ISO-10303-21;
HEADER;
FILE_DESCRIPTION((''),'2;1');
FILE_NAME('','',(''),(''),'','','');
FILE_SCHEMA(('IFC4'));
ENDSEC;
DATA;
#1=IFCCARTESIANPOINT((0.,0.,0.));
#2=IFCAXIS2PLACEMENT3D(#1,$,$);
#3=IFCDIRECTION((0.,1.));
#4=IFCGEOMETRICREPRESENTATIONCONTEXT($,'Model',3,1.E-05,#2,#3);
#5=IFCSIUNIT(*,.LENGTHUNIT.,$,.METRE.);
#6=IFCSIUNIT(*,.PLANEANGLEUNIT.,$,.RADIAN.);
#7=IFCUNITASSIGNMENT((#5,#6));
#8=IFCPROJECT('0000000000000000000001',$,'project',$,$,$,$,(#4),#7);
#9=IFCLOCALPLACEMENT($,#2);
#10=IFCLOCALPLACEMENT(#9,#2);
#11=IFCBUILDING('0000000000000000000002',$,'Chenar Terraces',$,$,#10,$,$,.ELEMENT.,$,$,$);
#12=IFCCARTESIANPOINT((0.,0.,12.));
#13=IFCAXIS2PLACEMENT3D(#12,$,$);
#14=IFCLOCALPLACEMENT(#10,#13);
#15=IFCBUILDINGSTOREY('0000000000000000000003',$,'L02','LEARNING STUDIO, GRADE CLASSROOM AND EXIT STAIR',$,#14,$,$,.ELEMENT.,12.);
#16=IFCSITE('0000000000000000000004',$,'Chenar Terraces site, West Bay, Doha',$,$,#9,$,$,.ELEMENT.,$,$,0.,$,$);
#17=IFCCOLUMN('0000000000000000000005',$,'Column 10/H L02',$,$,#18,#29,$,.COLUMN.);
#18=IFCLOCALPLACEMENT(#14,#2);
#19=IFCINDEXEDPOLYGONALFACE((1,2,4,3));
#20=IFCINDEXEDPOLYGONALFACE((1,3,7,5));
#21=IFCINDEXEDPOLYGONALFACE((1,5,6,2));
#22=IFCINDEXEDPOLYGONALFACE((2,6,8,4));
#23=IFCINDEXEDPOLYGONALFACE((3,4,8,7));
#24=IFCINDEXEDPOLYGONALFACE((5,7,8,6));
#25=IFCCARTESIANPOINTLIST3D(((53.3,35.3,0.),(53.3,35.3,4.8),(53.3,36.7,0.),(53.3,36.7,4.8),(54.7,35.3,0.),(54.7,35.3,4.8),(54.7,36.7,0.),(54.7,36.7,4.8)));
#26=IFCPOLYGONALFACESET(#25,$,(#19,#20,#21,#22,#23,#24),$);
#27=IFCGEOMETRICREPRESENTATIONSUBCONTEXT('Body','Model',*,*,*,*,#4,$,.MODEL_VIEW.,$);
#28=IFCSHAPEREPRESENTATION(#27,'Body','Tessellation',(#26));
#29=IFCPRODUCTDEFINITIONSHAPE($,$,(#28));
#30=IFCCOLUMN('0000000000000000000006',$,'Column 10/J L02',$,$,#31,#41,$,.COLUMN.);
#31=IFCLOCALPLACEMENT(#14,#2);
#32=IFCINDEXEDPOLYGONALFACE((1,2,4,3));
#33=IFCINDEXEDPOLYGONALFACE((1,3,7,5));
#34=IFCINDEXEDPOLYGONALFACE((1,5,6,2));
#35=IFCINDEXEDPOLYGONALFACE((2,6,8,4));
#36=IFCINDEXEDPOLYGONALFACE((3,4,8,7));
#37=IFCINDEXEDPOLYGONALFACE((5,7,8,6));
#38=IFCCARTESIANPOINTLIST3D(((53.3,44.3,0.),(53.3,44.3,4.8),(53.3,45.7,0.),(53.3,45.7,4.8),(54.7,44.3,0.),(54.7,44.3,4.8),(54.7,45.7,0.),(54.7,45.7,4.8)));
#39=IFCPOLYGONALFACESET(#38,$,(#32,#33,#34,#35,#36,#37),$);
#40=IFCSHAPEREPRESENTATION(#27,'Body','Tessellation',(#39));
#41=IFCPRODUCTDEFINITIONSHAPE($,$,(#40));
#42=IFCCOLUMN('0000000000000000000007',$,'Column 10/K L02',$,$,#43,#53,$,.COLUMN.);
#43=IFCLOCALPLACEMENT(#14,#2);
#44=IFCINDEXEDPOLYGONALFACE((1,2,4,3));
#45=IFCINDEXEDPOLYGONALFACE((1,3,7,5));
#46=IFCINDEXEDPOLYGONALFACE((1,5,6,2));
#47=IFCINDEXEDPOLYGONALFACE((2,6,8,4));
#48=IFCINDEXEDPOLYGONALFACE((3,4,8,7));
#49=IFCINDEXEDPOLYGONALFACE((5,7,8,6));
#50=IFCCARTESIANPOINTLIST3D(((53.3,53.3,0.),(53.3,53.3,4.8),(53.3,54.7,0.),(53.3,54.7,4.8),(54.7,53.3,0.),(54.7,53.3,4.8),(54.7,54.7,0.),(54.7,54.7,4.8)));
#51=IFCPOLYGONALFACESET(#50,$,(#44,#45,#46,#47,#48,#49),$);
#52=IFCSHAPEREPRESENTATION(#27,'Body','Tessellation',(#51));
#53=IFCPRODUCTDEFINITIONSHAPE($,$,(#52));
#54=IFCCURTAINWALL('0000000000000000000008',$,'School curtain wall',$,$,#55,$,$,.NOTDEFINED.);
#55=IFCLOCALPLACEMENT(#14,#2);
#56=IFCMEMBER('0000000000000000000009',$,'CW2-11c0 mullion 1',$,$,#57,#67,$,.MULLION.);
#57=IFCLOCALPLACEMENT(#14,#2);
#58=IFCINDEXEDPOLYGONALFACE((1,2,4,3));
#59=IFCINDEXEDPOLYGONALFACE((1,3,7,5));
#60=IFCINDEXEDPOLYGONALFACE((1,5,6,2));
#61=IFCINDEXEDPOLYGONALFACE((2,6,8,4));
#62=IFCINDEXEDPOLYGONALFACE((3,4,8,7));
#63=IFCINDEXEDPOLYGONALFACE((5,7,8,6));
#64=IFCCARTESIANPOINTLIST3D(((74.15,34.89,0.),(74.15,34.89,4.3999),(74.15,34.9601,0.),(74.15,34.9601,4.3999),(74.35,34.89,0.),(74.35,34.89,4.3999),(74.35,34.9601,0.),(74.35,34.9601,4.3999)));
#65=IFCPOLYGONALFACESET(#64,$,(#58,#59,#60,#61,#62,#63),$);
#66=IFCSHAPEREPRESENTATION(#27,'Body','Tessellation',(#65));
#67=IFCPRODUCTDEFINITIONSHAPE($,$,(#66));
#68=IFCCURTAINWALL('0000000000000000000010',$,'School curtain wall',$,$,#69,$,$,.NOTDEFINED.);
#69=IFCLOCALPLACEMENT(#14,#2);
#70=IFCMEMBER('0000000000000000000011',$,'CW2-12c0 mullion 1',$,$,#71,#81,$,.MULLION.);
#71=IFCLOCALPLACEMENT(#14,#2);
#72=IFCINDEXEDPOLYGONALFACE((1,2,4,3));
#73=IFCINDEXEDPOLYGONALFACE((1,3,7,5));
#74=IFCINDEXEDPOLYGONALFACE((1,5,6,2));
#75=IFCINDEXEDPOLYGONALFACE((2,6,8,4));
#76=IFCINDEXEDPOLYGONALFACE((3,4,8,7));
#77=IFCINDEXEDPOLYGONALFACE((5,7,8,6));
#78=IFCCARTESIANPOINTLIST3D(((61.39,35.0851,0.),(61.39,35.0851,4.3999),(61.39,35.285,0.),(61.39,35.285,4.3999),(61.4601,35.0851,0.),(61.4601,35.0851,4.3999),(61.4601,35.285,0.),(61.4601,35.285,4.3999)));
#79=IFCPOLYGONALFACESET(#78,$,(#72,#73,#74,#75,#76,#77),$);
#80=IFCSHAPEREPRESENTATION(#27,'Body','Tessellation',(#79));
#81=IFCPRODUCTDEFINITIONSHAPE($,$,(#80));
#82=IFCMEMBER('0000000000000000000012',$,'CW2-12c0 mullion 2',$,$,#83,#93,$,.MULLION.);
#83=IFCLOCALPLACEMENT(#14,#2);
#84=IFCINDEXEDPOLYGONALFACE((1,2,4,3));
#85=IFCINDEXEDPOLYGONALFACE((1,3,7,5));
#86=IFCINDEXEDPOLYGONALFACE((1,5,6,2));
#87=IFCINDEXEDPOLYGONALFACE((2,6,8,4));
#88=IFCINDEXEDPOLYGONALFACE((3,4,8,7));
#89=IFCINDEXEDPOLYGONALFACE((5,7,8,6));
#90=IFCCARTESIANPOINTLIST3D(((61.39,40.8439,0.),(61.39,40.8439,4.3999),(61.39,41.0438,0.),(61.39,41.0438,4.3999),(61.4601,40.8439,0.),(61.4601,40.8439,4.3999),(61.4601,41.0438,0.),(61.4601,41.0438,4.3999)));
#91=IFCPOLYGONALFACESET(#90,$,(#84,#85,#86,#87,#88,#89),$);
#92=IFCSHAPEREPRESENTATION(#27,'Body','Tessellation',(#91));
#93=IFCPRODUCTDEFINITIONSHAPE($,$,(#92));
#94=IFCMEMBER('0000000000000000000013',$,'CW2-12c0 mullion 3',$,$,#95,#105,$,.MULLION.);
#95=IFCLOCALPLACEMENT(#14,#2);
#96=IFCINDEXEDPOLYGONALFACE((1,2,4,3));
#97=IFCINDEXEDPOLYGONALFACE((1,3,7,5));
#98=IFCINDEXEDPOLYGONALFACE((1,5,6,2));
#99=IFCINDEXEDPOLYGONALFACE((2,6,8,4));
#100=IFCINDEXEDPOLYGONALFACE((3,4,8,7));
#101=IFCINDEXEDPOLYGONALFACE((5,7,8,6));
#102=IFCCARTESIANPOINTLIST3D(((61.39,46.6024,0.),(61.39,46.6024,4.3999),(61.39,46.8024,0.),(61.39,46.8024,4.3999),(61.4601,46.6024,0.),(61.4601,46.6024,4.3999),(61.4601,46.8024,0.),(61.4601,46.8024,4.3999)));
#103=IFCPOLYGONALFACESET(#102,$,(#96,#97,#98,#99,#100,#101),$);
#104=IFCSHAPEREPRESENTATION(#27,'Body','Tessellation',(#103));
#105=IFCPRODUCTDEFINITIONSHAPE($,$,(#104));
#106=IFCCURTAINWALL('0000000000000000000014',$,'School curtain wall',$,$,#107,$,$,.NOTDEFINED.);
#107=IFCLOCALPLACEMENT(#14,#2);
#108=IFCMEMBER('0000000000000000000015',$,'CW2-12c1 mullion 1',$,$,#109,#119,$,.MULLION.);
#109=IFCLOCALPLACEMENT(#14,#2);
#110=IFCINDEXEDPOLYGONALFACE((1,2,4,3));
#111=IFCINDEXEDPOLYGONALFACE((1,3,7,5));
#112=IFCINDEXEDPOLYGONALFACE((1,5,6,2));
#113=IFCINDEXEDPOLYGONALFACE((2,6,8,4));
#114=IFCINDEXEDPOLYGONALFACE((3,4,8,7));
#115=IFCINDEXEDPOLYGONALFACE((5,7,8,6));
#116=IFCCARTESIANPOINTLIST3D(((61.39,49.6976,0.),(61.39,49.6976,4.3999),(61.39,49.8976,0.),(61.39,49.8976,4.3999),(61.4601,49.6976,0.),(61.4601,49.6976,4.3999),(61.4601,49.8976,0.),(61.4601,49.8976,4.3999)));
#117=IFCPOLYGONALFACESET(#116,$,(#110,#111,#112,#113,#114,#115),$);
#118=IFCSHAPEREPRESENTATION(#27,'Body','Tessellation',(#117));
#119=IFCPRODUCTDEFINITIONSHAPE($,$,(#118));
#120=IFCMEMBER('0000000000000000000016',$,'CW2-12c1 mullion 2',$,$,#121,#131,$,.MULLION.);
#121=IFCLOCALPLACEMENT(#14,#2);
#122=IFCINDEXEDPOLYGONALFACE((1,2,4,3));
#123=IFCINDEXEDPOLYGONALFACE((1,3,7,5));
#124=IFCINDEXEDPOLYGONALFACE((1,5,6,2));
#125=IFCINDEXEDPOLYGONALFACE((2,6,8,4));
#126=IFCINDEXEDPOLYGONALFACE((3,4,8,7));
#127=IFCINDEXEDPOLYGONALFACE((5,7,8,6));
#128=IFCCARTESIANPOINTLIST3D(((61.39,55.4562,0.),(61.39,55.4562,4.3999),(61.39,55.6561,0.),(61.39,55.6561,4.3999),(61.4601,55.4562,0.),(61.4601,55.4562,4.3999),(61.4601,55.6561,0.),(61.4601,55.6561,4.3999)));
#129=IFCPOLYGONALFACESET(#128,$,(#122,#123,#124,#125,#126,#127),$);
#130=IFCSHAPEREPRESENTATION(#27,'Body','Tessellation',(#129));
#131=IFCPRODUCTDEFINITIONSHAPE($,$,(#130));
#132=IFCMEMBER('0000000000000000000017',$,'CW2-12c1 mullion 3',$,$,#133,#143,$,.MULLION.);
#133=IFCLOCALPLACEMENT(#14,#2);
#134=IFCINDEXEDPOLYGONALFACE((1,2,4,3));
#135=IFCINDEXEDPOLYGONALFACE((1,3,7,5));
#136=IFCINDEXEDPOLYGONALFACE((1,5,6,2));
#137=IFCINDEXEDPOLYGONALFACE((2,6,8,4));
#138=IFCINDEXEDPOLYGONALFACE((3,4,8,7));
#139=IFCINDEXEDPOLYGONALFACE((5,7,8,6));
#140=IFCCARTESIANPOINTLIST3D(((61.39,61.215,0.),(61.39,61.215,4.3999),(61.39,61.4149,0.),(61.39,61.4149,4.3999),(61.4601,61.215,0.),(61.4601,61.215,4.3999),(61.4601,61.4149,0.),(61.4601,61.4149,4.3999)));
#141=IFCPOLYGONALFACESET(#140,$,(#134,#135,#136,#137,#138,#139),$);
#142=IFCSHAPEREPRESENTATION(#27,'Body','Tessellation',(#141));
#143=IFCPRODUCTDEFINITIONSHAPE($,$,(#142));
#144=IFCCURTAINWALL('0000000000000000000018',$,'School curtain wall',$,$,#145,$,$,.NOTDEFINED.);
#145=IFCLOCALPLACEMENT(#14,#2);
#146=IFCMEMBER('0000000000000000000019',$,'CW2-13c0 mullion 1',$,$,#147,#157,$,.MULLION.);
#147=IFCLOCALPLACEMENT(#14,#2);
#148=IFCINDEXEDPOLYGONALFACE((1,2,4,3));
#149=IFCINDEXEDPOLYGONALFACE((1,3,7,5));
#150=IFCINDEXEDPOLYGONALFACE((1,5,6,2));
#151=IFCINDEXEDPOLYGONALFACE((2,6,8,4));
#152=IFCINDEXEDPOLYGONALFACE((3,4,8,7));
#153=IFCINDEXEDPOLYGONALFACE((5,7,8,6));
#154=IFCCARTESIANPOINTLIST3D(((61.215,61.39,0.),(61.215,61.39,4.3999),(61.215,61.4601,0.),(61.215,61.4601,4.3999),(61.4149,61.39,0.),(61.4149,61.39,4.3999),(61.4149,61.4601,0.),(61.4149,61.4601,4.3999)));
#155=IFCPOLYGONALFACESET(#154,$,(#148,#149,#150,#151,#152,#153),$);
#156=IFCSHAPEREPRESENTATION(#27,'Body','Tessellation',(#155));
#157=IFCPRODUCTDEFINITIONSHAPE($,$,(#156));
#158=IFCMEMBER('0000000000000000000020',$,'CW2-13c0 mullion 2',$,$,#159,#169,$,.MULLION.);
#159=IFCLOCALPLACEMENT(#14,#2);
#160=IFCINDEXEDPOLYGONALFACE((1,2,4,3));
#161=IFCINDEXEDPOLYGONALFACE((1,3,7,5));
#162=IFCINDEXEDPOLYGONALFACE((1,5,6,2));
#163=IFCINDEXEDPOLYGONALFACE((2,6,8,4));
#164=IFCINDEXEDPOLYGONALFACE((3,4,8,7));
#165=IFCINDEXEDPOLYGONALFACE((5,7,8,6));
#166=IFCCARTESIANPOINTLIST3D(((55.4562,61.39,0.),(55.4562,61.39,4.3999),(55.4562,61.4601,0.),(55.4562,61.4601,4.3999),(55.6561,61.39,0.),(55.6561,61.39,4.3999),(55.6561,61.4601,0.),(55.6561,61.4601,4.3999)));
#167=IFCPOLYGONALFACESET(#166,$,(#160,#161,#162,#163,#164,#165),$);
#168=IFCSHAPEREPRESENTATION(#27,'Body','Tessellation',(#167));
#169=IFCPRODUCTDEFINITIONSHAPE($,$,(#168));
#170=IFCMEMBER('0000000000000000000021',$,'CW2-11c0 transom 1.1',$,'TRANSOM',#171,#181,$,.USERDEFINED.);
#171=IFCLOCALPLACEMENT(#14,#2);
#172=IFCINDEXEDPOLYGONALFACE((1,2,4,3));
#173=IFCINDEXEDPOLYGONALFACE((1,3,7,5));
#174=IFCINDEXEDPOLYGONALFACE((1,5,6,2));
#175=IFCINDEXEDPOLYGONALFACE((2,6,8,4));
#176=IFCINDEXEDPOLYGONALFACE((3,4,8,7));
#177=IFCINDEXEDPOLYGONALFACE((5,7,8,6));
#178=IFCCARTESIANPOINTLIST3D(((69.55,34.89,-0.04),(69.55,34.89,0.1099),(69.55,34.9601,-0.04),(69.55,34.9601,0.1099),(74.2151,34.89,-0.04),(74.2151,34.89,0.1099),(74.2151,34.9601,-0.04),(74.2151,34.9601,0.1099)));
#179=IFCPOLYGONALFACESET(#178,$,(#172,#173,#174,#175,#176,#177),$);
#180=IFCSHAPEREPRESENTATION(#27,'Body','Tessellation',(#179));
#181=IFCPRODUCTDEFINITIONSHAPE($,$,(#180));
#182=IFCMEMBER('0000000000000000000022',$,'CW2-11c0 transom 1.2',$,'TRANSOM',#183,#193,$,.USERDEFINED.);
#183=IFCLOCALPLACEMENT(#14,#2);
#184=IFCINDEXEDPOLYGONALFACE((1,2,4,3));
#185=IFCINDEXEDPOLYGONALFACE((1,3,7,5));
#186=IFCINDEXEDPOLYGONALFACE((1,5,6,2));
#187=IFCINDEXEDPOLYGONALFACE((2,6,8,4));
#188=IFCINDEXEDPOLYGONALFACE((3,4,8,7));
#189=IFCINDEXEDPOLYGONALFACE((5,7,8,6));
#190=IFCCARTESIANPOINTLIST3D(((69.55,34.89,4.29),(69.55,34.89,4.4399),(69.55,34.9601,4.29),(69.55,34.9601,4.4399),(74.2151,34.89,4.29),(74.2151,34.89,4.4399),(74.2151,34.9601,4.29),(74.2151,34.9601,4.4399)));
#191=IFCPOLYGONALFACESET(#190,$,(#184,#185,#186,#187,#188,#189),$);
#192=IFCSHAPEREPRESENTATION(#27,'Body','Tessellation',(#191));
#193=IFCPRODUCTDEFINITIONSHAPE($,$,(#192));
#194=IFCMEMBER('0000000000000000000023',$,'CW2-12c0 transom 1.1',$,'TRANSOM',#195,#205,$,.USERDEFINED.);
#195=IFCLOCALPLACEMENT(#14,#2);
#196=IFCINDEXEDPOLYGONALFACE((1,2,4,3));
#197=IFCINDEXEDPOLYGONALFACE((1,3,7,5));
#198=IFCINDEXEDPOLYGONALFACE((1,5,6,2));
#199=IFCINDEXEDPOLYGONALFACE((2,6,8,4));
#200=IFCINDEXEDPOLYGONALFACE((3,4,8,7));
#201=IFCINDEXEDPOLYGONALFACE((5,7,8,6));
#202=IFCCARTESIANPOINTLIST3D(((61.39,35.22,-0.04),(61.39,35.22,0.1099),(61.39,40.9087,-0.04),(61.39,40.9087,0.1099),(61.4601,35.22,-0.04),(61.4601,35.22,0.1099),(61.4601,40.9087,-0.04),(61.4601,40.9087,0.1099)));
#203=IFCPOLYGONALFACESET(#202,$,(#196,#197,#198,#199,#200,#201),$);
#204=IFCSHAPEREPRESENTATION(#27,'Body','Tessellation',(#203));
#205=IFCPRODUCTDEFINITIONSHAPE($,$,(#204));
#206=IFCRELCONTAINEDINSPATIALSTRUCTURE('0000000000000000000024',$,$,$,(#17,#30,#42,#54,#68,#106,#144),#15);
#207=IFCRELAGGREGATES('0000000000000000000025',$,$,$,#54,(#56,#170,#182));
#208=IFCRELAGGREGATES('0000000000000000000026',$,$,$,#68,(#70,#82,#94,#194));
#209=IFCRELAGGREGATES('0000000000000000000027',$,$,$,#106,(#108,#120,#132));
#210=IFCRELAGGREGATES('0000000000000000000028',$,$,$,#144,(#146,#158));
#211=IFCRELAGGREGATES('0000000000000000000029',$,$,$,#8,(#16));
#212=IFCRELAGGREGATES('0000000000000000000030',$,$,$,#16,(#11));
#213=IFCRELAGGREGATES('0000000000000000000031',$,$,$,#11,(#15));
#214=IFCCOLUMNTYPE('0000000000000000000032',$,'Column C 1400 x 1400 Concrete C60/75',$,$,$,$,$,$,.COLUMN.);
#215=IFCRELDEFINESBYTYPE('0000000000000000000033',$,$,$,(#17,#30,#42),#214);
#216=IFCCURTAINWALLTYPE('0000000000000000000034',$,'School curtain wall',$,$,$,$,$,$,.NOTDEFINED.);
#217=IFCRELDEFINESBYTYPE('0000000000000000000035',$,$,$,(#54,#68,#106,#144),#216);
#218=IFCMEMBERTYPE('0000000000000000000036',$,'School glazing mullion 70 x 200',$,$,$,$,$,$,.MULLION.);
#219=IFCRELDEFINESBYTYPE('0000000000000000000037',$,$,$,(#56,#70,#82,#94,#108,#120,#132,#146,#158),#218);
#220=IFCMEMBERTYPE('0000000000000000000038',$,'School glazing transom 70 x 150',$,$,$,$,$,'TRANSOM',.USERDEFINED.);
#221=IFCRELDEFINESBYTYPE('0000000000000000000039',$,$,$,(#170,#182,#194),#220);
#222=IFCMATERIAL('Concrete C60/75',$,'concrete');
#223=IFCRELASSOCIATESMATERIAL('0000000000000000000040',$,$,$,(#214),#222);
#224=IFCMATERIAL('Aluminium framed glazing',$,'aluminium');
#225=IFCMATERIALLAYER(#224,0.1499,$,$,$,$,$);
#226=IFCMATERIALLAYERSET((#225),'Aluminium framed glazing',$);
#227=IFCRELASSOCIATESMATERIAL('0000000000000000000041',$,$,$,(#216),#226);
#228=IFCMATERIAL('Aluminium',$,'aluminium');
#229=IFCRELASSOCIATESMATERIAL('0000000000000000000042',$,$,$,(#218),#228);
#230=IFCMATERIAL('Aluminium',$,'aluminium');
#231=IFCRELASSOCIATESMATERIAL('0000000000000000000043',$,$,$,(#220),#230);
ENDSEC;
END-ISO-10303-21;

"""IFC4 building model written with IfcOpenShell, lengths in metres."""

from ifc_helpers import new_model, si_unit, direction, frame, origin, origin_2d, place, context, subcontext, project, spatial, rectangle, extrude, material, layer, layer_set, material_profile, profile_set, type_object, element, aggregate, save


model = new_model("IFC4")

# Units and contexts
model_context = context("Model", 3, precision=1e-05, world=origin(), true_north=direction((0.0, 1.0)))
body_context = subcontext(model_context, "Body", "Model", "MODEL_VIEW")
ifc_project = project(units=[si_unit("LENGTHUNIT", "METRE"), si_unit("PLANEANGLEUNIT", "RADIAN")], contexts=[model_context])

# Site, building, storey
site_placement = place(None, origin())
site = spatial("IfcSite", under=ifc_project, at=site_placement, Name="Chenar Terraces site, West Bay, Doha", CompositionType="ELEMENT", RefElevation=0.0)
building_placement = place(site_placement, origin())
building = spatial("IfcBuilding", under=site, at=building_placement, Name="Chenar Terraces", CompositionType="ELEMENT")
storey_placement = place(building_placement, frame((0.0, 0.0, 12.0)))
storey = spatial("IfcBuildingStorey", under=building, at=storey_placement, Name="L02", Description="LEARNING STUDIO, GRADE CLASSROOM AND EXIT STAIR", CompositionType="ELEMENT", Elevation=12.0)

# Columns
ifc_material_1 = material(Name="Concrete C60/75", Category="concrete")
ifc_material_profile_1 = material_profile(ifc_material_1, rectangle(XDim=1.3999, YDim=1.3999, at=origin_2d()), Name="C 1400 x 1400")
ifc_profile_set_1 = profile_set([ifc_material_profile_1], Name="Concrete C60/75")
column_type = type_object("IfcColumnType", Name="Column C 1400 x 1400 Concrete C60/75", PredefinedType="COLUMN", material=ifc_profile_set_1)
for number, where, z_axis, x_axis, name in (
    (1, (54.0, 36.0, 0.0), (0.0, 0.0, 1.0), (1.0, 0.0, 0.0), "Column 10/H L02"),
    (2, (54.0, 45.0, 0.0), (0.0, 0.0, 1.0), (1.0, 0.0, 0.0), "Column 10/J L02"),
    (3, (54.0, 54.0, 0.0), (0.0, 0.0, 1.0), (1.0, 0.0, 0.0), "Column 10/K L02"),
):
    element("IfcColumn", number, at=place(storey_placement, frame(where, z_axis=z_axis, x_axis=x_axis)), inside=storey, type_object=column_type, Name=name, PredefinedType="COLUMN", context=body_context, shape_type="SweptSolid", body=[
        extrude(rectangle(XDim=1.3999, YDim=1.3999, at=origin_2d()), origin(), (0.0, 0.0, 1.0), 4.8),
    ])

# Curtain wall, member
ifc_material_2 = material(Name="Aluminium framed glazing", Category="aluminium")
ifc_layer_1 = layer(ifc_material_2, 0.1499)
ifc_layer_set_1 = layer_set([ifc_layer_1], Name="Aluminium framed glazing")
curtain_wall_type = type_object("IfcCurtainWallType", Name="School curtain wall", PredefinedType="NOTDEFINED", material=ifc_layer_set_1)
placement = place(storey_placement, origin())
curtain_wall_1 = element("IfcCurtainWall", 4, at=placement, inside=storey, type_object=curtain_wall_type, Name="School curtain wall", PredefinedType="NOTDEFINED")
ifc_material_3 = material(Name="Aluminium", Category="aluminium")
ifc_material_profile_2 = material_profile(ifc_material_3, rectangle(XDim=0.0701, YDim=0.2, at=origin_2d()), Name="School glazing mullion 70 x 200")
ifc_profile_set_2 = profile_set([ifc_material_profile_2], Name="Aluminium")
member_type_1 = type_object("IfcMemberType", Name="School glazing mullion 70 x 200", PredefinedType="MULLION", material=ifc_profile_set_2)
member_1_placement = place(storey_placement, frame((74.25, 34.925, 0.0), z_axis=(0.0, 0.0, 1.0), x_axis=(0.0, -1.0, 0.0)))
member_1 = element("IfcMember", 5, at=member_1_placement, type_object=member_type_1, Name="CW2-11c0 mullion 1", PredefinedType="MULLION", context=body_context, shape_type="SweptSolid", body=[
    extrude(rectangle(XDim=0.0701, YDim=0.2, at=origin_2d()), origin(), (0.0, 0.0, 1.0), 4.3999),
])

# Curtain walls, members
curtain_wall_2 = element("IfcCurtainWall", 6, at=placement, inside=storey, type_object=curtain_wall_type, Name="School curtain wall", PredefinedType="NOTDEFINED")
member_2_placement = place(storey_placement, frame((61.425, 35.1851, 0.0), z_axis=(0.0, 0.0, 1.0), x_axis=(-1.0, 0.0, 0.0)))
member_2 = element("IfcMember", 7, at=member_2_placement, type_object=member_type_1, Name="CW2-12c0 mullion 1", PredefinedType="MULLION", context=body_context, shape_type="SweptSolid", body=[
    extrude(rectangle(XDim=0.0701, YDim=0.2, at=origin_2d()), origin(), (0.0, 0.0, 1.0), 4.3999),
])
member_3_placement = place(storey_placement, frame((61.425, 40.9438, 0.0), z_axis=(0.0, 0.0, 1.0), x_axis=(-1.0, 0.0, 0.0)))
member_3 = element("IfcMember", 8, at=member_3_placement, type_object=member_type_1, Name="CW2-12c0 mullion 2", PredefinedType="MULLION", context=body_context, shape_type="SweptSolid", body=[
    extrude(rectangle(XDim=0.0701, YDim=0.2, at=origin_2d()), origin(), (0.0, 0.0, 1.0), 4.3999),
])
member_4_placement = place(storey_placement, frame((61.425, 46.7024, 0.0), z_axis=(0.0, 0.0, 1.0), x_axis=(-1.0, 0.0, 0.0)))
member_4 = element("IfcMember", 9, at=member_4_placement, type_object=member_type_1, Name="CW2-12c0 mullion 3", PredefinedType="MULLION", context=body_context, shape_type="SweptSolid", body=[
    extrude(rectangle(XDim=0.0701, YDim=0.2, at=origin_2d()), origin(), (0.0, 0.0, 1.0), 4.3999),
])
curtain_wall_3 = element("IfcCurtainWall", 10, at=placement, inside=storey, type_object=curtain_wall_type, Name="School curtain wall", PredefinedType="NOTDEFINED")
member_5_placement = place(storey_placement, frame((61.425, 49.7976, 0.0), z_axis=(0.0, 0.0, 1.0), x_axis=(-1.0, 0.0, 0.0)))
member_5 = element("IfcMember", 11, at=member_5_placement, type_object=member_type_1, Name="CW2-12c1 mullion 1", PredefinedType="MULLION", context=body_context, shape_type="SweptSolid", body=[
    extrude(rectangle(XDim=0.0701, YDim=0.2, at=origin_2d()), origin(), (0.0, 0.0, 1.0), 4.3999),
])
member_6_placement = place(storey_placement, frame((61.425, 55.5562, 0.0), z_axis=(0.0, 0.0, 1.0), x_axis=(-1.0, 0.0, 0.0)))
member_6 = element("IfcMember", 12, at=member_6_placement, type_object=member_type_1, Name="CW2-12c1 mullion 2", PredefinedType="MULLION", context=body_context, shape_type="SweptSolid", body=[
    extrude(rectangle(XDim=0.0701, YDim=0.2, at=origin_2d()), origin(), (0.0, 0.0, 1.0), 4.3999),
])
member_7_placement = place(storey_placement, frame((61.425, 61.3149, 0.0), z_axis=(0.0, 0.0, 1.0), x_axis=(-1.0, 0.0, 0.0)))
member_7 = element("IfcMember", 13, at=member_7_placement, type_object=member_type_1, Name="CW2-12c1 mullion 3", PredefinedType="MULLION", context=body_context, shape_type="SweptSolid", body=[
    extrude(rectangle(XDim=0.0701, YDim=0.2, at=origin_2d()), origin(), (0.0, 0.0, 1.0), 4.3999),
])
curtain_wall_4 = element("IfcCurtainWall", 14, at=placement, inside=storey, type_object=curtain_wall_type, Name="School curtain wall", PredefinedType="NOTDEFINED")
member_8_placement = place(storey_placement, frame((61.3149, 61.425, 0.0), z_axis=(0.0, 0.0, 1.0), x_axis=(0.0, -1.0, 0.0)))
member_8 = element("IfcMember", 15, at=member_8_placement, type_object=member_type_1, Name="CW2-13c0 mullion 1", PredefinedType="MULLION", context=body_context, shape_type="SweptSolid", body=[
    extrude(rectangle(XDim=0.0701, YDim=0.2, at=origin_2d()), origin(), (0.0, 0.0, 1.0), 4.3999),
])
member_9_placement = place(storey_placement, frame((55.5562, 61.425, 0.0), z_axis=(0.0, 0.0, 1.0), x_axis=(0.0, -1.0, 0.0)))
member_9 = element("IfcMember", 16, at=member_9_placement, type_object=member_type_1, Name="CW2-13c0 mullion 2", PredefinedType="MULLION", context=body_context, shape_type="SweptSolid", body=[
    extrude(rectangle(XDim=0.0701, YDim=0.2, at=origin_2d()), origin(), (0.0, 0.0, 1.0), 4.3999),
])

# Members
ifc_material_4 = material(Name="Aluminium", Category="aluminium")
ifc_material_profile_3 = material_profile(ifc_material_4, rectangle(XDim=0.0701, YDim=0.1499, at=origin_2d()), Name="School glazing transom 70 x 150")
ifc_profile_set_3 = profile_set([ifc_material_profile_3], Name="Aluminium")
member_type_2 = type_object("IfcMemberType", Name="School glazing transom 70 x 150", ElementType="TRANSOM", PredefinedType="USERDEFINED", material=ifc_profile_set_3)
member_10_placement = place(storey_placement, frame((74.2151, 34.925, 0.0349), z_axis=(-1.0, 0.0, 0.0), x_axis=(0.0, -1.0, 0.0)))
member_10 = element("IfcMember", 17, at=member_10_placement, type_object=member_type_2, Name="CW2-11c0 transom 1.1", ObjectType="TRANSOM", PredefinedType="USERDEFINED", context=body_context, shape_type="SweptSolid", body=[
    extrude(rectangle(XDim=0.0701, YDim=0.1499, at=origin_2d()), origin(), (0.0, 0.0, 1.0), 4.665),
])
member_11_placement = place(storey_placement, frame((74.2151, 34.925, 4.365), z_axis=(-1.0, 0.0, 0.0), x_axis=(0.0, -1.0, 0.0)))
member_11 = element("IfcMember", 18, at=member_11_placement, type_object=member_type_2, Name="CW2-11c0 transom 1.2", ObjectType="TRANSOM", PredefinedType="USERDEFINED", context=body_context, shape_type="SweptSolid", body=[
    extrude(rectangle(XDim=0.0701, YDim=0.1499, at=origin_2d()), origin(), (0.0, 0.0, 1.0), 4.665),
])
aggregate(curtain_wall_1, [member_1, member_10, member_11])
member_12_placement = place(storey_placement, frame((61.425, 35.22, 0.0349), z_axis=(0.0, 1.0, 0.0), x_axis=(-1.0, 0.0, 0.0)))
member_12 = element("IfcMember", 19, at=member_12_placement, type_object=member_type_2, Name="CW2-12c0 transom 1.1", ObjectType="TRANSOM", PredefinedType="USERDEFINED", context=body_context, shape_type="SweptSolid", body=[
    extrude(rectangle(XDim=0.0701, YDim=0.1499, at=origin_2d()), origin(), (0.0, 0.0, 1.0), 5.6887),
])

aggregate(curtain_wall_2, [member_2, member_3, member_4, member_12])
aggregate(curtain_wall_3, [member_5, member_6, member_7])
aggregate(curtain_wall_4, [member_8, member_9])

save(model, "model.ifc")
